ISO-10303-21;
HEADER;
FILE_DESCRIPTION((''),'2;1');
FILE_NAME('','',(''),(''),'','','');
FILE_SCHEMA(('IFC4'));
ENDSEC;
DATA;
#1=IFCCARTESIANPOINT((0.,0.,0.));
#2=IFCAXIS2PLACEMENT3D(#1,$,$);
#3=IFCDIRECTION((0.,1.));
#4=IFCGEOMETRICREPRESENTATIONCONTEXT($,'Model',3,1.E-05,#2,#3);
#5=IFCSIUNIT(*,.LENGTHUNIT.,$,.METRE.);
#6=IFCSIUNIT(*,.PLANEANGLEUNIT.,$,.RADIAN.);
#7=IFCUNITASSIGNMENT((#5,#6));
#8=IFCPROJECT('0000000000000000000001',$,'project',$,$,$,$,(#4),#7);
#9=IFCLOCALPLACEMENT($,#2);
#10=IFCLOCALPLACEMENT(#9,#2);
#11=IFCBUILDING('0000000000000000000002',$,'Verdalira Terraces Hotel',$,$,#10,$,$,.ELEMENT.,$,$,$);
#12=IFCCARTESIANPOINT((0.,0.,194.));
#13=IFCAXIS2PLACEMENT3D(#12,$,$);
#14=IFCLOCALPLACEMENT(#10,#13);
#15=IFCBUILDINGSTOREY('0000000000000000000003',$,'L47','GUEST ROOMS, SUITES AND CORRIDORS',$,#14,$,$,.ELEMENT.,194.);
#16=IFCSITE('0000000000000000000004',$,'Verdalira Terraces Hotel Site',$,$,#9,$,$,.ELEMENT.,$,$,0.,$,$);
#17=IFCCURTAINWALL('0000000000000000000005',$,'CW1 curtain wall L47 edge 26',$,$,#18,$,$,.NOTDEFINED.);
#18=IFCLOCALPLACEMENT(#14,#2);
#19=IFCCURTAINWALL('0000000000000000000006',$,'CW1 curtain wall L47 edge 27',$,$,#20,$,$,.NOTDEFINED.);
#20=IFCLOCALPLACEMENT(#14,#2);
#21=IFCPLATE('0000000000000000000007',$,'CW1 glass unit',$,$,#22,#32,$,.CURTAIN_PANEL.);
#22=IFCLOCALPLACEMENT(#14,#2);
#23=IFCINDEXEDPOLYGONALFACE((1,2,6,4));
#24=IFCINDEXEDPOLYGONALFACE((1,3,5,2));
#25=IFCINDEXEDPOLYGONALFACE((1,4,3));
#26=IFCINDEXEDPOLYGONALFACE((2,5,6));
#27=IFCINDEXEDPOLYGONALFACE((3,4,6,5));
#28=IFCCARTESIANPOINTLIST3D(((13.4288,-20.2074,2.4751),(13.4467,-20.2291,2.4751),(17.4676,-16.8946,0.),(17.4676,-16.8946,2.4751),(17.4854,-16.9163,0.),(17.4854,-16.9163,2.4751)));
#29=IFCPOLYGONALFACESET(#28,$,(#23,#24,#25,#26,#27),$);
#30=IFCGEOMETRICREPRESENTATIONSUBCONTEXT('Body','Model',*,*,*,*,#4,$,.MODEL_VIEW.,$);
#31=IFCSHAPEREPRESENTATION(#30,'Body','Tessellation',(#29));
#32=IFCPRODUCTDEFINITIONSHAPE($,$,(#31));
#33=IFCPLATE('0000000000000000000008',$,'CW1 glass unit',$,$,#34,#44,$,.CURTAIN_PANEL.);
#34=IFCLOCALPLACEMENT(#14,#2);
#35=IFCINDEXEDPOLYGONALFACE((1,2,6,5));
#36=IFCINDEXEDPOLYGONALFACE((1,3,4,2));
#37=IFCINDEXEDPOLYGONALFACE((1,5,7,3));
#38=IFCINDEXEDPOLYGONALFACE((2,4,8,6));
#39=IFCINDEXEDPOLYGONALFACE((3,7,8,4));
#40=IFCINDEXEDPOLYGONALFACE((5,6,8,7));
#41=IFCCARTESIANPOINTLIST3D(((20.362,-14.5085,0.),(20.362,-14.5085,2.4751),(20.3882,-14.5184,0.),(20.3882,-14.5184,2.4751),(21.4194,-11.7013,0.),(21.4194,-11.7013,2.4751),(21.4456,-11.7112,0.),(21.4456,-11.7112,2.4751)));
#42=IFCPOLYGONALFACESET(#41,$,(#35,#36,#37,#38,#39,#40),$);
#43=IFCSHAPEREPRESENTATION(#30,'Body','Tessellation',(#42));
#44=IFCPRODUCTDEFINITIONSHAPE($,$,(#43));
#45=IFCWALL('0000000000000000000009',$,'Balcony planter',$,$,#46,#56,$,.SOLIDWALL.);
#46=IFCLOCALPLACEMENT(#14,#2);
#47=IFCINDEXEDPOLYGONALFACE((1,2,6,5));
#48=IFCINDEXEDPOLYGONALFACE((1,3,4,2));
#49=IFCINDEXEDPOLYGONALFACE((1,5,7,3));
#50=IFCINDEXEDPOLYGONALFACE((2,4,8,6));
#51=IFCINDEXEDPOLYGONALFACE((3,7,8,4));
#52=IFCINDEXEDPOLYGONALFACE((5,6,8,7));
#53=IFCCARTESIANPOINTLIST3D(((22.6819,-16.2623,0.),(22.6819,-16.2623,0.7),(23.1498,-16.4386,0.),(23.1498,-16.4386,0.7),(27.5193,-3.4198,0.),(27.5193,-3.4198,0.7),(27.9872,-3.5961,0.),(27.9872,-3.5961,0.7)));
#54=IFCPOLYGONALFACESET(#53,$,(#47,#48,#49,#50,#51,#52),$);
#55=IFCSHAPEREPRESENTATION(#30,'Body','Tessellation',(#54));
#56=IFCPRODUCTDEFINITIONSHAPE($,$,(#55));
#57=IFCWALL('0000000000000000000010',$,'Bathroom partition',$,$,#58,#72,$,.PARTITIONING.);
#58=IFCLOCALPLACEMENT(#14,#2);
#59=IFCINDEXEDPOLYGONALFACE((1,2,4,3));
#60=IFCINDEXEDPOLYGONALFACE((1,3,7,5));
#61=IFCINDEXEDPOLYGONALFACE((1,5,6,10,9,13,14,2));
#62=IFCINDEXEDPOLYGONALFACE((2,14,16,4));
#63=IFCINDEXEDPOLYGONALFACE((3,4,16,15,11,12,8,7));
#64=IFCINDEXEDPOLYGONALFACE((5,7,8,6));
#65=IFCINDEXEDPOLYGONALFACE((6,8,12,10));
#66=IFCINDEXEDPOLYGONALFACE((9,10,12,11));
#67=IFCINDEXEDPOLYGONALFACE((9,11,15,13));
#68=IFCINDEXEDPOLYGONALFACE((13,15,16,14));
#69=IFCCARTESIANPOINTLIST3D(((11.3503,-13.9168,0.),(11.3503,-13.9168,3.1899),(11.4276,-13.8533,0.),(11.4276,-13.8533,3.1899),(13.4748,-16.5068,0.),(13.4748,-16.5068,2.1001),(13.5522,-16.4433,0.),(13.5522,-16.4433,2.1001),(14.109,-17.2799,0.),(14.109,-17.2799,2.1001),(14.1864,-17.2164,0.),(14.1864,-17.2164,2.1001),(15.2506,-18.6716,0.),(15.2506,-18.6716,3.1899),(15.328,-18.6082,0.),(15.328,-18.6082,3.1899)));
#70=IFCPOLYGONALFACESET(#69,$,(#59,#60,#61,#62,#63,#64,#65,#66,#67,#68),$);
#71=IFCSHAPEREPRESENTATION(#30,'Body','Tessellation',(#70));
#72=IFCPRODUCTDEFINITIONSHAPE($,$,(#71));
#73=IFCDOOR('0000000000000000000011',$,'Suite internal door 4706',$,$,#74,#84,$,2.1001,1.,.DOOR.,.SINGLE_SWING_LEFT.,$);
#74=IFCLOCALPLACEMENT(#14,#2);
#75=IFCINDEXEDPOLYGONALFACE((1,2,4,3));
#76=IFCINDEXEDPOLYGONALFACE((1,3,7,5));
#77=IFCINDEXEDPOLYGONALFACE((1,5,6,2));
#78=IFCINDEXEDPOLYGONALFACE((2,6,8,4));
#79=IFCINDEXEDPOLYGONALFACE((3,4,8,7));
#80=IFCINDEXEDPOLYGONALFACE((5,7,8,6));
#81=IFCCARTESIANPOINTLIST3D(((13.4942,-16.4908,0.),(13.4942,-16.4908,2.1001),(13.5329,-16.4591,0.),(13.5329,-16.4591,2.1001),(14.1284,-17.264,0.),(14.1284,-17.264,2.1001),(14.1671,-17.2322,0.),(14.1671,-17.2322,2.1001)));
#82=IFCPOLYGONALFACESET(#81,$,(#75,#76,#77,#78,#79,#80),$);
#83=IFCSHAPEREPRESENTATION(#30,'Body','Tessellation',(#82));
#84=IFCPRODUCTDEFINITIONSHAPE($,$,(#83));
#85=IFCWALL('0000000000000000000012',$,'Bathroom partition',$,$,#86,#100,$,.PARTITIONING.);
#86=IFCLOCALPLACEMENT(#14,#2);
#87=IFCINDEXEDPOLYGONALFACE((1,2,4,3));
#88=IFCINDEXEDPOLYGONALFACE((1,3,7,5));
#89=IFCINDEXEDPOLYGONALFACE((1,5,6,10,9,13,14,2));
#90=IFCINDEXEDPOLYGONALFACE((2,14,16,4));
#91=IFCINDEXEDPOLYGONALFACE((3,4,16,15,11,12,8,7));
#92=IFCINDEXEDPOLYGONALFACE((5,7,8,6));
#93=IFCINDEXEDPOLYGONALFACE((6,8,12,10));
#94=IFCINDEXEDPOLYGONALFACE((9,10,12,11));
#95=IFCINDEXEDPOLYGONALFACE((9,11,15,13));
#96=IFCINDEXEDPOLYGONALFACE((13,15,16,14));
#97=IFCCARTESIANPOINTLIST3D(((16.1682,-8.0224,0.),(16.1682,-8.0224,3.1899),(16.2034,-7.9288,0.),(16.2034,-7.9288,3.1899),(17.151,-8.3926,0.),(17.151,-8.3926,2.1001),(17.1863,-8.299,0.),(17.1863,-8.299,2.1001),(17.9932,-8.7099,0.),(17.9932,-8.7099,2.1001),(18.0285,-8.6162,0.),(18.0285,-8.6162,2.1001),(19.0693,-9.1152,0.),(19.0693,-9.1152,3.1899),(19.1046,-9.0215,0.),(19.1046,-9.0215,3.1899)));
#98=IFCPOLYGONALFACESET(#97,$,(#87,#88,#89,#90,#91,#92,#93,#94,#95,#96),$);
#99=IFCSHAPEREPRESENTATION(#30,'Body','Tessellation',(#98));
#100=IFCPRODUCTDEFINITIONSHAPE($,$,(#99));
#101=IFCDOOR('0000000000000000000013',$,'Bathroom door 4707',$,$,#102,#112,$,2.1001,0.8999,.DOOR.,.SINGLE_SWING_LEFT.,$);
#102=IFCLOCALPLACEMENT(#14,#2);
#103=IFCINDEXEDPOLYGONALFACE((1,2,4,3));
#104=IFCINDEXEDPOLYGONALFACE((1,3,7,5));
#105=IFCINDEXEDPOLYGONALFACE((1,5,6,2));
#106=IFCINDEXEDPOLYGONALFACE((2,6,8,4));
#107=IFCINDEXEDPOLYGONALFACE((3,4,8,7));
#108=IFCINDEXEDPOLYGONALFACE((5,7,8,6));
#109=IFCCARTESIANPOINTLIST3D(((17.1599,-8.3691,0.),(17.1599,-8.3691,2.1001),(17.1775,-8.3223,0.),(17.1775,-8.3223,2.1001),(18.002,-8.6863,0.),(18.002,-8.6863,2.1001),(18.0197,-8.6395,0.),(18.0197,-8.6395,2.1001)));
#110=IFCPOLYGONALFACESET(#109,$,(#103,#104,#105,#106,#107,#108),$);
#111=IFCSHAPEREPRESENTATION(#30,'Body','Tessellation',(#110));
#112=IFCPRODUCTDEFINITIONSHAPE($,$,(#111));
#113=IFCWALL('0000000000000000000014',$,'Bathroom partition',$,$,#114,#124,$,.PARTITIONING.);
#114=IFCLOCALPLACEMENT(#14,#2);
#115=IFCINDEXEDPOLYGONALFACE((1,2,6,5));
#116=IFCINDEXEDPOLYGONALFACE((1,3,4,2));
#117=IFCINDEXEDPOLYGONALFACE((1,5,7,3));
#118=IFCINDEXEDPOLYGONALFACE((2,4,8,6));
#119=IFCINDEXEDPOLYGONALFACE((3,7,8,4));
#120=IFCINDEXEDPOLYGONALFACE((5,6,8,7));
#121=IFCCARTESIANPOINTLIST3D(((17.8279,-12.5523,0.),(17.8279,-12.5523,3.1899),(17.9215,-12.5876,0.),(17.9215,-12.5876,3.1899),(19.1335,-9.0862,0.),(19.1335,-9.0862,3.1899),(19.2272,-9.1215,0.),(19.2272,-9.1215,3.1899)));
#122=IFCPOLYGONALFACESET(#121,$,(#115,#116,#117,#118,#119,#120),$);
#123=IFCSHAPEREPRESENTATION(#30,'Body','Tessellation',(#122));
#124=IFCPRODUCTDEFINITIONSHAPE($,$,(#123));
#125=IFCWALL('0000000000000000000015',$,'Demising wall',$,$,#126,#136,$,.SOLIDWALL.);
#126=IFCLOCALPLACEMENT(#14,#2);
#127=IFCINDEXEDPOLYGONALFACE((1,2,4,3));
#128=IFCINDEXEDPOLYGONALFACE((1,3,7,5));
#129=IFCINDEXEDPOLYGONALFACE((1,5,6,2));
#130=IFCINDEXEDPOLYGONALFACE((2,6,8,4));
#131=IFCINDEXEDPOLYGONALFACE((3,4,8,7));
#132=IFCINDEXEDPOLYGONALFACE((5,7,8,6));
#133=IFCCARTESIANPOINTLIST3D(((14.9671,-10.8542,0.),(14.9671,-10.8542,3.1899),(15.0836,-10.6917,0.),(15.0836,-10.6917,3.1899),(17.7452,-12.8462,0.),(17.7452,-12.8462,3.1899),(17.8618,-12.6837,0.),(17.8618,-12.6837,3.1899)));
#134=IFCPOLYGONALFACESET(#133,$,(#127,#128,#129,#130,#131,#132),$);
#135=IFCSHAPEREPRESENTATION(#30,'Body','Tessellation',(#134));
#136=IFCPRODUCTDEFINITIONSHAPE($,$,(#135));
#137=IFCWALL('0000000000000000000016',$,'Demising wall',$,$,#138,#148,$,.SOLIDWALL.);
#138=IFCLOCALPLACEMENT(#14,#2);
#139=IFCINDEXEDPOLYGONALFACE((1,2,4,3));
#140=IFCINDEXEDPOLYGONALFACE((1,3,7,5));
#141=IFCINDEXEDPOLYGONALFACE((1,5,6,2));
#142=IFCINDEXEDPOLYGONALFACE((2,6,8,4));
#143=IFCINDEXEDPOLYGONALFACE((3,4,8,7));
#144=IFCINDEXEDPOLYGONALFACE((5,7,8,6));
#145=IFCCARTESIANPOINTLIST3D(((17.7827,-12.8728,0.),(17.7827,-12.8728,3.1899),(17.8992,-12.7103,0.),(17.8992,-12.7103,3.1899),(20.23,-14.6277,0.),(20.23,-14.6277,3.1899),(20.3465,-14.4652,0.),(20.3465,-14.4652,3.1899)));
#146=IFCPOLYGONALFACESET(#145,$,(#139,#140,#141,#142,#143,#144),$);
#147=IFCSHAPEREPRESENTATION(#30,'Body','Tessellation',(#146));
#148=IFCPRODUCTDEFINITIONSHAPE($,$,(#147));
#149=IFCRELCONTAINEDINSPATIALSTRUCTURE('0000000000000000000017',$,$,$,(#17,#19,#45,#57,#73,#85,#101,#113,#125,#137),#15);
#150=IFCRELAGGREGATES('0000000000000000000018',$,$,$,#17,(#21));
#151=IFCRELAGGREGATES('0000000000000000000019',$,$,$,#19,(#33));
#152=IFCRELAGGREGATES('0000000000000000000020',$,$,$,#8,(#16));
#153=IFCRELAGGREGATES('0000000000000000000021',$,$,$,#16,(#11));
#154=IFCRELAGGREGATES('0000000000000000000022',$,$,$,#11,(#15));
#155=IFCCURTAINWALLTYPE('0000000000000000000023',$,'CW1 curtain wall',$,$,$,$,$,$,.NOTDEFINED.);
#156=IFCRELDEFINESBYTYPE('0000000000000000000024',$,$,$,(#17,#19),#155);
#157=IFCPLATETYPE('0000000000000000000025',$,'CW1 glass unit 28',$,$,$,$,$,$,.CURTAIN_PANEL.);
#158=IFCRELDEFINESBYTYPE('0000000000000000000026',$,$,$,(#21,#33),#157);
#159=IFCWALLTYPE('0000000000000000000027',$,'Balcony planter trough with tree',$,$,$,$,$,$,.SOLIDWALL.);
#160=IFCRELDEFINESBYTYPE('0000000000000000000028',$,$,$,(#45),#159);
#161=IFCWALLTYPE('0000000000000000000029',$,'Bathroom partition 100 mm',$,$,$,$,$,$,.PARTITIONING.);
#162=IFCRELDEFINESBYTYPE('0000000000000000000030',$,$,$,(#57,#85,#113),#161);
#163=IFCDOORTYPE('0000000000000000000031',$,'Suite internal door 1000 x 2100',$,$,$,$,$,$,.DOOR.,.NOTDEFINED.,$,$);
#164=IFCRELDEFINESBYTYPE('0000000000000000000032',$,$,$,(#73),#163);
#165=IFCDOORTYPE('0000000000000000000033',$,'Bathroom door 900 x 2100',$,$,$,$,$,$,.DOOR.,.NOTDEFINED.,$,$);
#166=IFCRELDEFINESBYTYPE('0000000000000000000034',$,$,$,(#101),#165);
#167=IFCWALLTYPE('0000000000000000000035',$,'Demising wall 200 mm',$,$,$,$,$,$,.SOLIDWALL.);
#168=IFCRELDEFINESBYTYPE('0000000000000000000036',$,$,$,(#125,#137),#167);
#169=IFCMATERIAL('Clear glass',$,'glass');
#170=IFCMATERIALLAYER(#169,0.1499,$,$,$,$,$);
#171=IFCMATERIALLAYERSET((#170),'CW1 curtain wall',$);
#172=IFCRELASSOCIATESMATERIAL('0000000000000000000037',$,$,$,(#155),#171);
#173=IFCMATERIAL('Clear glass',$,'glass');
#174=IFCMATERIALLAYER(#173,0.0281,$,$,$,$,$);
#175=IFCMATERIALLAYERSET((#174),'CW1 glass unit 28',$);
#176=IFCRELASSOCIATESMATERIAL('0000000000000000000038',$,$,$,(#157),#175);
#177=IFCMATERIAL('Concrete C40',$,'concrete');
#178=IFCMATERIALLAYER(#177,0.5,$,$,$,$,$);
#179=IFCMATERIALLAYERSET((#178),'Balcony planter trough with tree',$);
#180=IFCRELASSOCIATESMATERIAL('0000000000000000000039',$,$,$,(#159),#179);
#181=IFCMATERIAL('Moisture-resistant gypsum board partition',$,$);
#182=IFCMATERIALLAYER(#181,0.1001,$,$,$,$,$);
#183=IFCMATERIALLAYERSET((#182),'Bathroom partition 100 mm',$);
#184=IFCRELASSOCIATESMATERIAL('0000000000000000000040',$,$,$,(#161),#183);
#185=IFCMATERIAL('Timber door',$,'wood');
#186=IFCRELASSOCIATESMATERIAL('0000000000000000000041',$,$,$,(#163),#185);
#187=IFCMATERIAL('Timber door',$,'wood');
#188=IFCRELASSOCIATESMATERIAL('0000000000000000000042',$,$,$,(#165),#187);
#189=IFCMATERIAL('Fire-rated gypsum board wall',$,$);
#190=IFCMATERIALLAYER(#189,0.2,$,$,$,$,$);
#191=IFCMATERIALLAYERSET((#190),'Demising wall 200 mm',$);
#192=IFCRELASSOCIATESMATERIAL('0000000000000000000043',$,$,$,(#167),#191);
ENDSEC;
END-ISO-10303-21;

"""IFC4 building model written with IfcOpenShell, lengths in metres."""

from ifc_helpers import new_model, si_unit, direction, frame, frame_2d, origin, origin_2d, place, context, subcontext, project, spatial, polyline, rectangle, outline, extrude, material, layer, layer_set, type_object, element, fill, aggregate, save


model = new_model("IFC4")

# Units and contexts
model_context = context("Model", 3, precision=1e-05, world=origin(), true_north=direction((0.0, 1.0)))
body_context = subcontext(model_context, "Body", "Model", "MODEL_VIEW")
ifc_project = project(units=[si_unit("LENGTHUNIT", "METRE"), si_unit("PLANEANGLEUNIT", "RADIAN")], contexts=[model_context])

# Site, building, storey
site_placement = place(None, origin())
site = spatial("IfcSite", under=ifc_project, at=site_placement, Name="Verdalira Terraces Hotel Site", CompositionType="ELEMENT", RefElevation=0.0)
building_placement = place(site_placement, origin())
building = spatial("IfcBuilding", under=site, at=building_placement, Name="Verdalira Terraces Hotel", CompositionType="ELEMENT")
storey_placement = place(building_placement, frame((0.0, 0.0, 194.0)))
storey = spatial("IfcBuildingStorey", under=building, at=storey_placement, Name="L47", Description="GUEST ROOMS, SUITES AND CORRIDORS", CompositionType="ELEMENT", Elevation=194.0)

# Curtain wall
ifc_material_1 = material(Name="Clear glass", Category="glass")
ifc_layer_1 = layer(ifc_material_1, 0.1499)
ifc_layer_set_1 = layer_set([ifc_layer_1], Name="CW1 curtain wall")
curtain_wall_type = type_object("IfcCurtainWallType", Name="CW1 curtain wall", PredefinedType="NOTDEFINED", material=ifc_layer_set_1)
curtain_wall_1_placement = place(storey_placement, origin())
curtain_wall_1 = element("IfcCurtainWall", 1, at=curtain_wall_1_placement, inside=storey, type_object=curtain_wall_type, Name="CW1 curtain wall L47 edge 26", PredefinedType="NOTDEFINED")

# Curtain wall
curtain_wall_2_placement = place(storey_placement, origin())
curtain_wall_2 = element("IfcCurtainWall", 2, at=curtain_wall_2_placement, inside=storey, type_object=curtain_wall_type, Name="CW1 curtain wall L47 edge 27", PredefinedType="NOTDEFINED")

# Plates
ifc_material_2 = material(Name="Clear glass", Category="glass")
ifc_layer_2 = layer(ifc_material_2, 0.0281)
ifc_layer_set_2 = layer_set([ifc_layer_2], Name="CW1 glass unit 28")
plate_type = type_object("IfcPlateType", Name="CW1 glass unit 28", PredefinedType="CURTAIN_PANEL", material=ifc_layer_set_2)
plate_1_placement = place(storey_placement, frame((15.4482, -18.551, 1.2375), z_axis=(0.634191, -0.773177, 0.0), x_axis=(0.773177, 0.634191, 0.0)))
plate_1 = element("IfcPlate", 3, at=plate_1_placement, type_object=plate_type, Name="CW1 glass unit", PredefinedType="CURTAIN_PANEL", context=body_context, shape_type="SweptSolid", body=[
    extrude(outline(polyline([(2.6118, -1.2375), (2.6118, 1.2375), (-2.6118, 1.2375), (2.6118, -1.2375)])), origin(), (0.0, 0.0, 1.0), 0.0281),
])
aggregate(curtain_wall_1, [plate_1])
plate_2_placement = place(storey_placement, frame((20.9038, -13.1099, 0.0), z_axis=(0.0, 0.0, 1.0), x_axis=(0.352495, 0.935814, 0.0)))
plate_2 = element("IfcPlate", 4, at=plate_2_placement, type_object=plate_type, Name="CW1 glass unit", PredefinedType="CURTAIN_PANEL", context=body_context, shape_type="SweptSolid", body=[
    extrude(rectangle(XDim=2.9998, YDim=0.0281, at=origin_2d()), origin(), (0.0, 0.0, 1.0), 2.4751),
])
aggregate(curtain_wall_2, [plate_2])

# Wall
ifc_material_3 = material(Name="Concrete C40", Category="concrete")
ifc_layer_3 = layer(ifc_material_3, 0.5)
ifc_layer_set_3 = layer_set([ifc_layer_3], Name="Balcony planter trough with tree")
wall_type_1 = type_object("IfcWallType", Name="Balcony planter trough with tree", PredefinedType="SOLIDWALL", material=ifc_layer_set_3)
wall_1_placement = place(storey_placement, frame((22.9158, -16.3506, 0.0), z_axis=(0.0, 0.0, 1.0), x_axis=(0.352494, 0.935814, 0.0)))
element("IfcWall", 5, at=wall_1_placement, inside=storey, type_object=wall_type_1, Name="Balcony planter", PredefinedType="SOLIDWALL", context=body_context, shape_type="SweptSolid", body=[
    extrude(rectangle(XDim=13.7234, YDim=0.5, at=frame_2d((6.8618, 0.0))), origin(), (0.0, 0.0, 1.0), 0.7),
])

# Walls, openings, doors
ifc_material_4 = material(Name="Moisture-resistant gypsum board partition")
ifc_layer_4 = layer(ifc_material_4, 0.1001)
ifc_layer_set_4 = layer_set([ifc_layer_4], Name="Bathroom partition 100 mm")
wall_type_2 = type_object("IfcWallType", Name="Bathroom partition 100 mm", PredefinedType="PARTITIONING", material=ifc_layer_set_4)
wall_2_placement = place(storey_placement, frame((15.2893, -18.6399, 0.0), z_axis=(0.0, 0.0, 1.0), x_axis=(-0.634214, 0.773157, 0.0)))
wall_2 = element("IfcWall", 6, at=wall_2_placement, inside=storey, type_object=wall_type_2, Name="Bathroom partition", PredefinedType="PARTITIONING", context=body_context, shape_type="SweptSolid", body=[
    extrude(rectangle(XDim=6.1499, YDim=0.1001, at=frame_2d((3.075, 0.0))), origin(), (0.0, 0.0, 1.0), 3.1899),
])
opening_1_placement = place(wall_2_placement, frame((1.8, 0.0, 0.0)))
opening_1 = element("IfcOpeningElement", 7, at=opening_1_placement, cuts=wall_2, PredefinedType="OPENING", context=body_context, shape_type="SweptSolid", body=[
    extrude(rectangle(XDim=1.0, YDim=2.1001, at=frame_2d((0.5, 1.05))), frame((0.0, 0.0601, 0.0), z_axis=(0.0, -1.0, 0.0), x_axis=(1.0, 0.0, 0.0)), (0.0, 0.0, 1.0), 0.1201),
])
ifc_material_5 = material(Name="Timber door", Category="wood")
door_type_1 = type_object("IfcDoorType", Name="Suite internal door 1000 x 2100", OperationType="NOTDEFINED", PredefinedType="DOOR", material=ifc_material_5)
door_1_placement = place(opening_1_placement, origin())
door_1 = element("IfcDoor", 8, at=door_1_placement, inside=storey, type_object=door_type_1, Name="Suite internal door 4706", OperationType="SINGLE_SWING_LEFT", OverallHeight=2.1001, OverallWidth=1.0, PredefinedType="DOOR", context=body_context, shape_type="SweptSolid", body=[
    extrude(rectangle(XDim=1.0, YDim=2.1001, at=frame_2d((0.5, 1.05))), frame((0.0, 0.0249, 0.0), z_axis=(0.0, -1.0, 0.0), x_axis=(1.0, 0.0, 0.0)), (0.0, 0.0, 1.0), 0.05),
])
fill(opening_1, door_1)
wall_3_placement = place(storey_placement, frame((19.0869, -9.0684, 0.0), z_axis=(0.0, 0.0, 1.0), x_axis=(-0.935814, 0.352495, 0.0)))
wall_3 = element("IfcWall", 9, at=wall_3_placement, inside=storey, type_object=wall_type_2, Name="Bathroom partition", PredefinedType="PARTITIONING", context=body_context, shape_type="SweptSolid", body=[
    extrude(rectangle(XDim=3.1001, YDim=0.1001, at=frame_2d((1.55, 0.0))), origin(), (0.0, 0.0, 1.0), 3.1899),
])
opening_2_placement = place(wall_3_placement, frame((1.1499, 0.0, 0.0)))
opening_2 = element("IfcOpeningElement", 10, at=opening_2_placement, cuts=wall_3, PredefinedType="OPENING", context=body_context, shape_type="SweptSolid", body=[
    extrude(rectangle(XDim=0.8999, YDim=2.1001, at=frame_2d((0.45, 1.05))), frame((0.0, 0.0601, 0.0), z_axis=(0.0, -1.0, 0.0), x_axis=(1.0, 0.0, 0.0)), (0.0, 0.0, 1.0), 0.1201),
])
ifc_material_6 = material(Name="Timber door", Category="wood")
door_type_2 = type_object("IfcDoorType", Name="Bathroom door 900 x 2100", OperationType="NOTDEFINED", PredefinedType="DOOR", material=ifc_material_6)
door_2_placement = place(opening_2_placement, origin())
door_2 = element("IfcDoor", 11, at=door_2_placement, inside=storey, type_object=door_type_2, Name="Bathroom door 4707", OperationType="SINGLE_SWING_LEFT", OverallHeight=2.1001, OverallWidth=0.8999, PredefinedType="DOOR", context=body_context, shape_type="SweptSolid", body=[
    extrude(rectangle(XDim=0.8999, YDim=2.1001, at=frame_2d((0.45, 1.05))), frame((0.0, 0.0249, 0.0), z_axis=(0.0, -1.0, 0.0), x_axis=(1.0, 0.0, 0.0)), (0.0, 0.0, 1.0), 0.05),
])
fill(opening_2, door_2)

# Walls
wall_4_placement = place(storey_placement, frame((19.1804, -9.1038, 0.0), z_axis=(0.0, 0.0, 1.0), x_axis=(-0.352517, -0.935805, 0.0)))
element("IfcWall", 12, at=wall_4_placement, inside=storey, type_object=wall_type_2, Name="Bathroom partition", PredefinedType="PARTITIONING", context=body_context, shape_type="SweptSolid", body=[
    extrude(rectangle(XDim=3.7039, YDim=0.1001, at=frame_2d((1.8521, 0.0))), origin(), (0.0, 0.0, 1.0), 3.1899),
])
ifc_material_7 = material(Name="Fire-rated gypsum board wall")
ifc_layer_5 = layer(ifc_material_7, 0.2)
ifc_layer_set_5 = layer_set([ifc_layer_5], Name="Demising wall 200 mm")
wall_type_3 = type_object("IfcWallType", Name="Demising wall 200 mm", PredefinedType="SOLIDWALL", material=ifc_layer_set_5)
wall_5_placement = place(storey_placement, frame((15.0254, -10.7729, 0.0), z_axis=(0.0, 0.0, 1.0), x_axis=(0.81268, -0.58271, 0.0)))
element("IfcWall", 13, at=wall_5_placement, inside=storey, type_object=wall_type_3, Name="Demising wall", PredefinedType="SOLIDWALL", context=body_context, shape_type="SweptSolid", body=[
    extrude(rectangle(XDim=3.4185, YDim=0.2, at=frame_2d((1.7092, 0.0))), origin(), (0.0, 0.0, 1.0), 3.1899),
])
wall_6_placement = place(storey_placement, frame((17.8408, -12.7915, 0.0), z_axis=(0.0, 0.0, 1.0), x_axis=(0.812658, -0.58274, 0.0)))
element("IfcWall", 14, at=wall_6_placement, inside=storey, type_object=wall_type_3, Name="Demising wall", PredefinedType="SOLIDWALL", context=body_context, shape_type="SweptSolid", body=[
    extrude(rectangle(XDim=3.0115, YDim=0.2, at=frame_2d((1.5059, 0.0))), origin(), (0.0, 0.0, 1.0), 3.1899),
])

save(model, "model.ifc")
